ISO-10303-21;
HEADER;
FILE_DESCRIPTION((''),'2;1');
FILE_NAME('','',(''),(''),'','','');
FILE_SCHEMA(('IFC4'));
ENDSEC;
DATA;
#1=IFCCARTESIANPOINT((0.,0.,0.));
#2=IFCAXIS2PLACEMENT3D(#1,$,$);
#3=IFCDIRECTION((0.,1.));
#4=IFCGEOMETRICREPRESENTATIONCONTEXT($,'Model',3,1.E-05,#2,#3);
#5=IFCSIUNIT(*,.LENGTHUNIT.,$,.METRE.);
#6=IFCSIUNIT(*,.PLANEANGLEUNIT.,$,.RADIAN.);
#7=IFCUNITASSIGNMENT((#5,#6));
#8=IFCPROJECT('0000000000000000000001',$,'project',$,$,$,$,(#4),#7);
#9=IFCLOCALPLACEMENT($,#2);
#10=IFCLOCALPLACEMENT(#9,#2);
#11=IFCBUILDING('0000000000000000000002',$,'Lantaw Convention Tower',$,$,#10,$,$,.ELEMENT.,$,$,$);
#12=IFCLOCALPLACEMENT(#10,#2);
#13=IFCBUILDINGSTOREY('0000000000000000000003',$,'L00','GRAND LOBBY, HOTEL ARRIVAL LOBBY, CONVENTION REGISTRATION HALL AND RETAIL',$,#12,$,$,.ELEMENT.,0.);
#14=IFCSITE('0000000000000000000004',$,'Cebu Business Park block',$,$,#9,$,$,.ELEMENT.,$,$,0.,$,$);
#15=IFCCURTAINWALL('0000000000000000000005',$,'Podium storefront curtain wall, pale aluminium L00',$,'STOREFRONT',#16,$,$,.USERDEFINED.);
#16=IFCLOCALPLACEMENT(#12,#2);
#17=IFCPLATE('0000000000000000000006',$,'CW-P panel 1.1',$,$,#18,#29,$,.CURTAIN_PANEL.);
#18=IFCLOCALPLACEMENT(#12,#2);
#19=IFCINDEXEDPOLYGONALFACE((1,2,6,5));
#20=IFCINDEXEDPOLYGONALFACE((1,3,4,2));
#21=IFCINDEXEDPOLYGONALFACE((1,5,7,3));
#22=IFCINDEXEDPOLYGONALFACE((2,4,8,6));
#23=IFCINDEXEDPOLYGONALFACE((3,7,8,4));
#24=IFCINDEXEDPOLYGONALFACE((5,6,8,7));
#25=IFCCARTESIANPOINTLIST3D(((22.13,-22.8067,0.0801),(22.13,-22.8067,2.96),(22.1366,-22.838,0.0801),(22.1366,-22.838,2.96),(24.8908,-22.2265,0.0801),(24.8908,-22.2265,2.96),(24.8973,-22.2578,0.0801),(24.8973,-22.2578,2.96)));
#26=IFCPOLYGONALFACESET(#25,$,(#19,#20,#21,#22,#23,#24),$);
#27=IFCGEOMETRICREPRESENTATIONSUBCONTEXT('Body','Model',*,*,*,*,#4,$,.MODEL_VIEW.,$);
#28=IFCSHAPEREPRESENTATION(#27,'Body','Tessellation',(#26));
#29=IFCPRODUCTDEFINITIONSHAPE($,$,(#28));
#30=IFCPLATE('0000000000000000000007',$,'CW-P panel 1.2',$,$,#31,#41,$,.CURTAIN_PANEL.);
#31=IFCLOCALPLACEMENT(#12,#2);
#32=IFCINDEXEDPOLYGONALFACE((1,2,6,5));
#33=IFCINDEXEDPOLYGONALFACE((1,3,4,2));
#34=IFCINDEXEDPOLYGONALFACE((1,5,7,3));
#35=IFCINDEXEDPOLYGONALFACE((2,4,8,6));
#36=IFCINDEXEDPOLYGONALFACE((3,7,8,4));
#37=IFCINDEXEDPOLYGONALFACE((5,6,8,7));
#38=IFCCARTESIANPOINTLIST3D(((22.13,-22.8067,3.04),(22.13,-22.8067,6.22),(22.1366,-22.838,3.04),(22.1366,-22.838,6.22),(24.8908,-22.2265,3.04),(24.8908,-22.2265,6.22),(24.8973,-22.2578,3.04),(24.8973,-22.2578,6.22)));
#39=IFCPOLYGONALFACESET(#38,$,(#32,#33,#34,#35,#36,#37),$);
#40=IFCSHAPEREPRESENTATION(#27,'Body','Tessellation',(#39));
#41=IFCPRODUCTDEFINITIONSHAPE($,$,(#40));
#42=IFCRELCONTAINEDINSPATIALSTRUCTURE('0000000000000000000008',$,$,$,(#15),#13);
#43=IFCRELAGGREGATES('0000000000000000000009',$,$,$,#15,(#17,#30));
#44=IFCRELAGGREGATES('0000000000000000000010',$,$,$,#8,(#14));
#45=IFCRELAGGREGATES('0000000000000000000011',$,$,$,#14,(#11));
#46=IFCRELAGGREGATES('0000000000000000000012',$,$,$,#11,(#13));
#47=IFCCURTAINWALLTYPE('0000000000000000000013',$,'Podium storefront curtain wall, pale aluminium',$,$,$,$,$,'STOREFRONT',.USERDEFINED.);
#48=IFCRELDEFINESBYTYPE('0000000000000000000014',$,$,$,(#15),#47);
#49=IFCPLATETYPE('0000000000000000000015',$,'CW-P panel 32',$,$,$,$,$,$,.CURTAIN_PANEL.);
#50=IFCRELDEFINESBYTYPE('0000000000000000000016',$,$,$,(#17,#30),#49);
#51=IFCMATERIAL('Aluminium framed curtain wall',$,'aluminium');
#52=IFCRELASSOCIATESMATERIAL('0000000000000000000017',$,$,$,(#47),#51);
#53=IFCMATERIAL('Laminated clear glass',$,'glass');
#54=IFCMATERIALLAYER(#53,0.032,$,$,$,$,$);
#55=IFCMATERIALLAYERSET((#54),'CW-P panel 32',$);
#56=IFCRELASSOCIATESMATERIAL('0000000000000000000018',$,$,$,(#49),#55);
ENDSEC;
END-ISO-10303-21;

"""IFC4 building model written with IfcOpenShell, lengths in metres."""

from ifc_helpers import new_model, si_unit, direction, frame, origin, origin_2d, place, context, subcontext, project, spatial, rectangle, extrude, material, layer, layer_set, type_object, element, aggregate, save


model = new_model("IFC4")

# Units and contexts
model_context = context("Model", 3, precision=1e-05, world=origin(), true_north=direction((0.0, 1.0)))
body_context = subcontext(model_context, "Body", "Model", "MODEL_VIEW")
ifc_project = project(units=[si_unit("LENGTHUNIT", "METRE"), si_unit("PLANEANGLEUNIT", "RADIAN")], contexts=[model_context])

# Site, building, storey
site_placement = place(None, origin())
site = spatial("IfcSite", under=ifc_project, at=site_placement, Name="Cebu Business Park block", CompositionType="ELEMENT", RefElevation=0.0)
building_placement = place(site_placement, origin())
building = spatial("IfcBuilding", under=site, at=building_placement, Name="Lantaw Convention Tower", CompositionType="ELEMENT")
storey_placement = place(building_placement, origin())
storey = spatial("IfcBuildingStorey", under=building, at=storey_placement, Name="L00", Description="GRAND LOBBY, HOTEL ARRIVAL LOBBY, CONVENTION REGISTRATION HALL AND RETAIL", CompositionType="ELEMENT", Elevation=0.0)

# Shared definitions
ifc_material_1 = material(Name="Aluminium framed curtain wall", Category="aluminium")
curtain_wall_type = type_object("IfcCurtainWallType", Name="Podium storefront curtain wall, pale aluminium", ElementType="STOREFRONT", PredefinedType="USERDEFINED", material=ifc_material_1)

# Curtain wall
curtain_wall_1_placement = place(storey_placement, origin())
curtain_wall_1 = element("IfcCurtainWall", 1, at=curtain_wall_1_placement, inside=storey, type_object=curtain_wall_type, Name="Podium storefront curtain wall, pale aluminium L00", ObjectType="STOREFRONT", PredefinedType="USERDEFINED")

# Plates
ifc_material_2 = material(Name="Laminated clear glass", Category="glass")
ifc_layer = layer(ifc_material_2, 0.032)
ifc_layer_set = layer_set([ifc_layer], Name="CW-P panel 32")
plate_type = type_object("IfcPlateType", Name="CW-P panel 32", PredefinedType="CURTAIN_PANEL", material=ifc_layer_set)
plate_1_placement = place(storey_placement, frame((23.5137, -22.5322, 0.0801), z_axis=(0.0, 0.0, 1.0), x_axis=(0.978625, 0.205652, 0.0)))
plate_1 = element("IfcPlate", 2, at=plate_1_placement, type_object=plate_type, Name="CW-P panel 1.1", PredefinedType="CURTAIN_PANEL", context=body_context, shape_type="SweptSolid", body=[
    extrude(rectangle(XDim=2.821, YDim=0.032, at=origin_2d()), origin(), (0.0, 0.0, 1.0), 2.8799),
])
plate_2_placement = place(storey_placement, frame((23.5137, -22.5322, 3.04), z_axis=(0.0, 0.0, 1.0), x_axis=(0.978625, 0.205652, 0.0)))
plate_2 = element("IfcPlate", 3, at=plate_2_placement, type_object=plate_type, Name="CW-P panel 1.2", PredefinedType="CURTAIN_PANEL", context=body_context, shape_type="SweptSolid", body=[
    extrude(rectangle(XDim=2.821, YDim=0.032, at=origin_2d()), origin(), (0.0, 0.0, 1.0), 3.1799),
])
aggregate(curtain_wall_1, [plate_1, plate_2])

save(model, "model.ifc")
